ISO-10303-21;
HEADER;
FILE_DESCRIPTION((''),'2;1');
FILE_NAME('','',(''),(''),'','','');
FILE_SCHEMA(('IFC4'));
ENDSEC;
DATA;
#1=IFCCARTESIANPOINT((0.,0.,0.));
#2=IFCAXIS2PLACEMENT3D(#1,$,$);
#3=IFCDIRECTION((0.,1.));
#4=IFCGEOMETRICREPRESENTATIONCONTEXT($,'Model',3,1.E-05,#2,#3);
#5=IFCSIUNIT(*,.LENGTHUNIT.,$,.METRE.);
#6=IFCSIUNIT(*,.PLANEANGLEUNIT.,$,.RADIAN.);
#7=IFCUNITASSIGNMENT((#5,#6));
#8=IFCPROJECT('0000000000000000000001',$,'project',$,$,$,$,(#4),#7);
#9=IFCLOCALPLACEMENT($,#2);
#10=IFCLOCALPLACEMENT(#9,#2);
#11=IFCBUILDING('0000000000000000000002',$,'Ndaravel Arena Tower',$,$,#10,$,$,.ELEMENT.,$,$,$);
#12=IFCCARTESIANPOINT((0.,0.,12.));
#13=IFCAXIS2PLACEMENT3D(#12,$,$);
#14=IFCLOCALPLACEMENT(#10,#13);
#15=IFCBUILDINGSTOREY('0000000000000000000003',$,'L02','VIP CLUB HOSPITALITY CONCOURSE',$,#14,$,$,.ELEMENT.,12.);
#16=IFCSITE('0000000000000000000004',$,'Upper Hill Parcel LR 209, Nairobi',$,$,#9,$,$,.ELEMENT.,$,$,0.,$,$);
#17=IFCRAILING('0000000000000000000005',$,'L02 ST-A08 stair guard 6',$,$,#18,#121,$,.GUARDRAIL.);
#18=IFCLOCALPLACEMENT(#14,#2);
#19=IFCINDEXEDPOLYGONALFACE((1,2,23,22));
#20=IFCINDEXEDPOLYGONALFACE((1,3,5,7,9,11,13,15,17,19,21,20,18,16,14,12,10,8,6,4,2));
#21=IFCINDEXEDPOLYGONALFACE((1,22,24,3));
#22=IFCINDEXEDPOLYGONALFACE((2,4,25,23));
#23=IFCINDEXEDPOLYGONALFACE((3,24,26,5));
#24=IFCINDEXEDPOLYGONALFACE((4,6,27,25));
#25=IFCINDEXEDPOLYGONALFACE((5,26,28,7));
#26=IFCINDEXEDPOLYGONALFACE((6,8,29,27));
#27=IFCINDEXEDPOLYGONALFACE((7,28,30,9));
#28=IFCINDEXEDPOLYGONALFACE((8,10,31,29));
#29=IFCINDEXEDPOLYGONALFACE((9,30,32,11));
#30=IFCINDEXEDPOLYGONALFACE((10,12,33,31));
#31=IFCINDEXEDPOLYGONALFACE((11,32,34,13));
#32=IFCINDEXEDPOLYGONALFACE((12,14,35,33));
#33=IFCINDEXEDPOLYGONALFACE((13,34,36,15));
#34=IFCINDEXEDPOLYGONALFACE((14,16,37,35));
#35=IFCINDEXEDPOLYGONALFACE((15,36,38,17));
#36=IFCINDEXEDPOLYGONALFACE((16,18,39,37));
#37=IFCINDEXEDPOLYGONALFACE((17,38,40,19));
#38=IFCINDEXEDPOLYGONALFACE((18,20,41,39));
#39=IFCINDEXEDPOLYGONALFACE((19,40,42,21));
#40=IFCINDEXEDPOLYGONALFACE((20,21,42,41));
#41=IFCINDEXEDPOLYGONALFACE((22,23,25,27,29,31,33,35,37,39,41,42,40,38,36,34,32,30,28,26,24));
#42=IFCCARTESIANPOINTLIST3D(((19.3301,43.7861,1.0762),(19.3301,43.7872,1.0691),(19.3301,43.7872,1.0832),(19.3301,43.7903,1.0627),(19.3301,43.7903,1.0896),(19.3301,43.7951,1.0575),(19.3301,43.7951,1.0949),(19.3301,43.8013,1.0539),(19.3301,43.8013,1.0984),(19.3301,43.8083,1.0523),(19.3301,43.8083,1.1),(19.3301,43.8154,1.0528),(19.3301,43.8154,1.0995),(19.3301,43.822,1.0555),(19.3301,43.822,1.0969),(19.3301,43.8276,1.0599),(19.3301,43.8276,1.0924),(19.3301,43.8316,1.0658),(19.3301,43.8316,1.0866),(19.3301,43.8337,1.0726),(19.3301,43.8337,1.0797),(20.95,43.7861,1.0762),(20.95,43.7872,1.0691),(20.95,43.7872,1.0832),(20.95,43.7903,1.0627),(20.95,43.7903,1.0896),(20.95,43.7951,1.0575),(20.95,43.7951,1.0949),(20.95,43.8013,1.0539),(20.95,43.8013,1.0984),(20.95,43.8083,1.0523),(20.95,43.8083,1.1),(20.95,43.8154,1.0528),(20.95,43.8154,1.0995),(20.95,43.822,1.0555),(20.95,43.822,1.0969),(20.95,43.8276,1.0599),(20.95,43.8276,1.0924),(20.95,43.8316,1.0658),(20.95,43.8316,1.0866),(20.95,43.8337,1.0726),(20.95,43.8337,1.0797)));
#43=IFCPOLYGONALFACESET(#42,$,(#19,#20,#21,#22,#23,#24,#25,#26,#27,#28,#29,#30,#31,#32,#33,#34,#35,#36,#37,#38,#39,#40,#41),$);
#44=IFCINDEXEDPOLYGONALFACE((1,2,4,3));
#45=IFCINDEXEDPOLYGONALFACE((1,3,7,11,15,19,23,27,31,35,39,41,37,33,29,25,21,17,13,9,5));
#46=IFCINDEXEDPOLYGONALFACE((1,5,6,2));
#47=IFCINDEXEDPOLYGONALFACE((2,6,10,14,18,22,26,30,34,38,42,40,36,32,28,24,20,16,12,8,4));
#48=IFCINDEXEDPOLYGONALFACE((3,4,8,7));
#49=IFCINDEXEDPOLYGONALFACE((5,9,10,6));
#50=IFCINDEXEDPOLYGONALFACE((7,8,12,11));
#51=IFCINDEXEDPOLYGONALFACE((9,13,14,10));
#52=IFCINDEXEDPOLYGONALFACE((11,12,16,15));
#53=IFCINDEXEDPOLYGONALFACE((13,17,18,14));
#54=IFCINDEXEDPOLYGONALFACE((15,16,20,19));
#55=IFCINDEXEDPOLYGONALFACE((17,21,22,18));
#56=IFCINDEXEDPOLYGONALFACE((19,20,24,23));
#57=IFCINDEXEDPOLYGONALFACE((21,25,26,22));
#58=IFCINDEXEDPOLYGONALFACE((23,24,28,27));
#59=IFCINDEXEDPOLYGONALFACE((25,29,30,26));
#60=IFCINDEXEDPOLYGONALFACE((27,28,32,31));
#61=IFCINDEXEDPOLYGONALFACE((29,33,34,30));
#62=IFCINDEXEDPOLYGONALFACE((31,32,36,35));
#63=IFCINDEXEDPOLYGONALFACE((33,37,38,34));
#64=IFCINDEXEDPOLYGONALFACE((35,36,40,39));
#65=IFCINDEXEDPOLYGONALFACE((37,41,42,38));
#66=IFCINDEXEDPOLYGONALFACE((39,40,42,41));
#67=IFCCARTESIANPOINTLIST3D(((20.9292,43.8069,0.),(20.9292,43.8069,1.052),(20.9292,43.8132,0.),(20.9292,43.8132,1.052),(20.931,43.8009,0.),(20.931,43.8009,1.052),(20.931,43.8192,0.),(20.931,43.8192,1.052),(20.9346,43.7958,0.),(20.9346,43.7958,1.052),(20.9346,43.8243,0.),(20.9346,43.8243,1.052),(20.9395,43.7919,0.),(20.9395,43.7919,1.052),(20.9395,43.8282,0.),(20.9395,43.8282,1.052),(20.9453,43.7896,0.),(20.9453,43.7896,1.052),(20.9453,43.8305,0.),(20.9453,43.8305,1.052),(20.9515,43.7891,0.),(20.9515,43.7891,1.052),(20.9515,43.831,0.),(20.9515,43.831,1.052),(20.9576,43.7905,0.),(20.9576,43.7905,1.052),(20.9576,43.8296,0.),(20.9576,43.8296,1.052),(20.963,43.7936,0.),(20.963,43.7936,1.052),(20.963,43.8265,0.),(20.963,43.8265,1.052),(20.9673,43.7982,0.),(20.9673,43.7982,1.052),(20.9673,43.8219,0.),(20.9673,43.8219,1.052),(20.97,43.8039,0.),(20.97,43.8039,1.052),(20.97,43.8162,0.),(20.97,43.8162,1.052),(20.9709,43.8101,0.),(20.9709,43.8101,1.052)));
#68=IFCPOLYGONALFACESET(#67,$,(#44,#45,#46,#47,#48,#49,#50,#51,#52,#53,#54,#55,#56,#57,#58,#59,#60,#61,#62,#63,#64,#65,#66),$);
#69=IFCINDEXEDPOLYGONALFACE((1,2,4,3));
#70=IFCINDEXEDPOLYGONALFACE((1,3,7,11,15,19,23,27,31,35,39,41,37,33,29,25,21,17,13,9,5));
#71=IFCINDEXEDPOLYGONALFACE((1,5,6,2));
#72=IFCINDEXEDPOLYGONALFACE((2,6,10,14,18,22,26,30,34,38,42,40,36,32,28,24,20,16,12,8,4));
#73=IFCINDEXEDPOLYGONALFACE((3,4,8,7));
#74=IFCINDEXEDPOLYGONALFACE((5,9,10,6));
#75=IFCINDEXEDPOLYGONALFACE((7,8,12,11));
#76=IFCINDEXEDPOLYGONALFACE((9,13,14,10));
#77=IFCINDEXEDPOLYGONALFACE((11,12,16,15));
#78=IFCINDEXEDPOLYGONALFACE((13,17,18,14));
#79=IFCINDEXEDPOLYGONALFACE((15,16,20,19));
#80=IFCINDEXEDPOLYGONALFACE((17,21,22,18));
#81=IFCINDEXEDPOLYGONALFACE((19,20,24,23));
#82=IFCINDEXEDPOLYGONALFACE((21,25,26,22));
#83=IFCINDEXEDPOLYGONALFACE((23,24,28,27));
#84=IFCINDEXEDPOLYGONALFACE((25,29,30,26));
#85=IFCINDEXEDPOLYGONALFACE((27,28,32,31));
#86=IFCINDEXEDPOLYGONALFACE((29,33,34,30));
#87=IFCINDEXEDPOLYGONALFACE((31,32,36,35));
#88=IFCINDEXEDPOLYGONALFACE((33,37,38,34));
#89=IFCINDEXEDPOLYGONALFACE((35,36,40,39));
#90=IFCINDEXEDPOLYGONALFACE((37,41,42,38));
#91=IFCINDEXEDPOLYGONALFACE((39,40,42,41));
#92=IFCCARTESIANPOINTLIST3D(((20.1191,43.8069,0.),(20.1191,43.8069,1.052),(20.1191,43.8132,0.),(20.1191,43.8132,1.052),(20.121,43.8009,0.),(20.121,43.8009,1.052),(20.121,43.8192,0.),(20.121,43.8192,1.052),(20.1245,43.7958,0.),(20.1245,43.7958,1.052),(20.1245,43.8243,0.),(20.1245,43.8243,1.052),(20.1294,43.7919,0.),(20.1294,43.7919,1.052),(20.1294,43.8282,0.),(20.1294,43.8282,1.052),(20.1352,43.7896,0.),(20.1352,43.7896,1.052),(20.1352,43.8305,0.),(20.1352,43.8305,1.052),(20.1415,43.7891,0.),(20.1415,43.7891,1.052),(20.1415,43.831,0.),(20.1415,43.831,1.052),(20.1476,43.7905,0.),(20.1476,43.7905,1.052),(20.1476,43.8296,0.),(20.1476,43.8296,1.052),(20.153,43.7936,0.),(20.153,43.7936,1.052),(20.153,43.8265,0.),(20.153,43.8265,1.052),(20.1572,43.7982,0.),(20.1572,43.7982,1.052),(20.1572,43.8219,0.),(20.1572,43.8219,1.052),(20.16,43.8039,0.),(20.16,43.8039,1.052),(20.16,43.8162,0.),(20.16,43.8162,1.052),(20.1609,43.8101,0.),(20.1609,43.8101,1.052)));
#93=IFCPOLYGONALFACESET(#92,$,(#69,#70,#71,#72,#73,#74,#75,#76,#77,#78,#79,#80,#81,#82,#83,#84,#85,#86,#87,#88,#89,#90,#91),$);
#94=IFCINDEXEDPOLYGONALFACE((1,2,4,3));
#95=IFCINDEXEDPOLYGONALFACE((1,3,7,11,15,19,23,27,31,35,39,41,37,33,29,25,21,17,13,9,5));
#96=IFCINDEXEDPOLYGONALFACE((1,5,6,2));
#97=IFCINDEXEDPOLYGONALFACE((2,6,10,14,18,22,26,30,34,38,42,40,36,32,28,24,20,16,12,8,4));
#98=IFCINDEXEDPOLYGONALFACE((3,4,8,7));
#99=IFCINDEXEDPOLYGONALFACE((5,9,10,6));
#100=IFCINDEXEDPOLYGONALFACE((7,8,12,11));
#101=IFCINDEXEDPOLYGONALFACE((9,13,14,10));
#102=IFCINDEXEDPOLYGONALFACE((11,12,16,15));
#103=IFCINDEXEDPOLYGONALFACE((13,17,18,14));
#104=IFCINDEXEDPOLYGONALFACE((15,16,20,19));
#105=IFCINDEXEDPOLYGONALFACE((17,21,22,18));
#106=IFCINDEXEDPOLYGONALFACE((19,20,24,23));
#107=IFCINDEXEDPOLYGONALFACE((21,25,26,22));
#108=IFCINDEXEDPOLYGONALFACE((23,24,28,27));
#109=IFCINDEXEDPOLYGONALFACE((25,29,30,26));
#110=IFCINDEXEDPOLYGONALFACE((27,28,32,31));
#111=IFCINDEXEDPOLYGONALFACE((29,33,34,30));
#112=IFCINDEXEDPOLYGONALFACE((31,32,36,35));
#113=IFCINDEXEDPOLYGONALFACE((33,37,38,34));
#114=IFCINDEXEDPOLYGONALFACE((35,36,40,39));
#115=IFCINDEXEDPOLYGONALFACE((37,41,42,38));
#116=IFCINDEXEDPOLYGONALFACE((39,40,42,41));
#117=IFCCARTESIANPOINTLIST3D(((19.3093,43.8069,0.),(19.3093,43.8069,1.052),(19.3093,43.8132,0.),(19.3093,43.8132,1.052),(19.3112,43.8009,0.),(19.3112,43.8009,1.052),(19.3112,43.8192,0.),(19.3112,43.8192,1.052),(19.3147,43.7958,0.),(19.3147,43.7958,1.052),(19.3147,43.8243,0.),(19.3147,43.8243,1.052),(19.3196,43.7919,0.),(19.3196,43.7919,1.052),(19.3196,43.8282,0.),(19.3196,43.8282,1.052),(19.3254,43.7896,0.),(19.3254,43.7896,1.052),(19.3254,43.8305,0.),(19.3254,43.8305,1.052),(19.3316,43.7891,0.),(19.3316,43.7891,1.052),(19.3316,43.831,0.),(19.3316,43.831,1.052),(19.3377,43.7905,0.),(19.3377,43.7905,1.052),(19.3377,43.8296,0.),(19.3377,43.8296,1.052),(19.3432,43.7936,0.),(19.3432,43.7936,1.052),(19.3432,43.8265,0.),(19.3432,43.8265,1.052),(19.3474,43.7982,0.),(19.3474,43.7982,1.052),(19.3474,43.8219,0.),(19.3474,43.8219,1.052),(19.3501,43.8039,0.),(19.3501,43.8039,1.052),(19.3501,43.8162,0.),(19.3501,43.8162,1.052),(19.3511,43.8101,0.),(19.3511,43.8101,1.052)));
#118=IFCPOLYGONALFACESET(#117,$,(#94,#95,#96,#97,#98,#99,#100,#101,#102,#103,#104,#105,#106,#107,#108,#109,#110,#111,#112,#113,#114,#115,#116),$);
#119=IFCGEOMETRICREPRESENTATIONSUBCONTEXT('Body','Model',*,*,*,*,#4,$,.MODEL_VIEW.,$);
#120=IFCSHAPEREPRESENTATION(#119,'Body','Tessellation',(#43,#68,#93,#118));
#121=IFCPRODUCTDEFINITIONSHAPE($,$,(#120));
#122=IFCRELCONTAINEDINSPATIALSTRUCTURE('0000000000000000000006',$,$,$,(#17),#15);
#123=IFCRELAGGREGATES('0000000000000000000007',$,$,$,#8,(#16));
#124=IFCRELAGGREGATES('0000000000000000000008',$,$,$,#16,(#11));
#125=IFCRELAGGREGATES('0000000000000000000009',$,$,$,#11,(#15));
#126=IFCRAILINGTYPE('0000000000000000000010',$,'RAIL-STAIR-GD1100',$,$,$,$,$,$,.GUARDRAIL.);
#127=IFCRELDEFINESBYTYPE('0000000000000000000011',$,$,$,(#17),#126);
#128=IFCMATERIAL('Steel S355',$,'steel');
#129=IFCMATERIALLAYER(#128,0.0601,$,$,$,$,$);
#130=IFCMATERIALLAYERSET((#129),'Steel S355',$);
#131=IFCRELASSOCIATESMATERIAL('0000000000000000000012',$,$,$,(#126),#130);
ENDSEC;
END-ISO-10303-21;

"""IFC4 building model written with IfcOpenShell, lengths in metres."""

from ifc_helpers import new_model, si_unit, direction, frame, origin, origin_2d, place, context, subcontext, project, spatial, circle, extrude, material, layer, layer_set, type_object, element, save


model = new_model("IFC4")

# Units and contexts
model_context = context("Model", 3, precision=1e-05, world=origin(), true_north=direction((0.0, 1.0)))
body_context = subcontext(model_context, "Body", "Model", "MODEL_VIEW")
ifc_project = project(units=[si_unit("LENGTHUNIT", "METRE"), si_unit("PLANEANGLEUNIT", "RADIAN")], contexts=[model_context])

# Site, building, storey
site_placement = place(None, origin())
site = spatial("IfcSite", under=ifc_project, at=site_placement, Name="Upper Hill Parcel LR 209, Nairobi", CompositionType="ELEMENT", RefElevation=0.0)
building_placement = place(site_placement, origin())
building = spatial("IfcBuilding", under=site, at=building_placement, Name="Ndaravel Arena Tower", CompositionType="ELEMENT")
storey_placement = place(building_placement, frame((0.0, 0.0, 12.0)))
storey = spatial("IfcBuildingStorey", under=building, at=storey_placement, Name="L02", Description="VIP CLUB HOSPITALITY CONCOURSE", CompositionType="ELEMENT", Elevation=12.0)

# Railing
ifc_material_1 = material(Name="Steel S355", Category="steel")
ifc_layer_1 = layer(ifc_material_1, 0.0601)
ifc_layer_set_1 = layer_set([ifc_layer_1], Name="Steel S355")
railing_type_1 = type_object("IfcRailingType", Name="RAIL-STAIR-GD1100", PredefinedType="GUARDRAIL", material=ifc_layer_set_1)
for number, where, name in (
    (1, (20.95, 43.8101, 0.0), "L02 ST-A08 stair guard 6"),
):
    element("IfcRailing", number, at=place(storey_placement, frame(where)), inside=storey, type_object=railing_type_1, Name=name, PredefinedType="GUARDRAIL", context=body_context, shape_type="SweptSolid", body=[
        extrude(circle(Radius=0.0239, at=origin_2d()), frame((0.0, 0.0, 1.0762), z_axis=(-1.0, 0.0, 0.0), x_axis=(0.0, -1.0, 0.0)), (0.0, 0.0, 1.0), 1.6199),
        extrude(circle(Radius=0.021, at=origin_2d()), origin(), (0.0, 0.0, 1.0), 1.052),
        extrude(circle(Radius=0.021, at=origin_2d()), frame((-0.8101, 0.0, 0.0)), (0.0, 0.0, 1.0), 1.052),
        extrude(circle(Radius=0.021, at=origin_2d()), frame((-1.6199, 0.0, 0.0)), (0.0, 0.0, 1.0), 1.052),
    ])

save(model, "model.ifc")
